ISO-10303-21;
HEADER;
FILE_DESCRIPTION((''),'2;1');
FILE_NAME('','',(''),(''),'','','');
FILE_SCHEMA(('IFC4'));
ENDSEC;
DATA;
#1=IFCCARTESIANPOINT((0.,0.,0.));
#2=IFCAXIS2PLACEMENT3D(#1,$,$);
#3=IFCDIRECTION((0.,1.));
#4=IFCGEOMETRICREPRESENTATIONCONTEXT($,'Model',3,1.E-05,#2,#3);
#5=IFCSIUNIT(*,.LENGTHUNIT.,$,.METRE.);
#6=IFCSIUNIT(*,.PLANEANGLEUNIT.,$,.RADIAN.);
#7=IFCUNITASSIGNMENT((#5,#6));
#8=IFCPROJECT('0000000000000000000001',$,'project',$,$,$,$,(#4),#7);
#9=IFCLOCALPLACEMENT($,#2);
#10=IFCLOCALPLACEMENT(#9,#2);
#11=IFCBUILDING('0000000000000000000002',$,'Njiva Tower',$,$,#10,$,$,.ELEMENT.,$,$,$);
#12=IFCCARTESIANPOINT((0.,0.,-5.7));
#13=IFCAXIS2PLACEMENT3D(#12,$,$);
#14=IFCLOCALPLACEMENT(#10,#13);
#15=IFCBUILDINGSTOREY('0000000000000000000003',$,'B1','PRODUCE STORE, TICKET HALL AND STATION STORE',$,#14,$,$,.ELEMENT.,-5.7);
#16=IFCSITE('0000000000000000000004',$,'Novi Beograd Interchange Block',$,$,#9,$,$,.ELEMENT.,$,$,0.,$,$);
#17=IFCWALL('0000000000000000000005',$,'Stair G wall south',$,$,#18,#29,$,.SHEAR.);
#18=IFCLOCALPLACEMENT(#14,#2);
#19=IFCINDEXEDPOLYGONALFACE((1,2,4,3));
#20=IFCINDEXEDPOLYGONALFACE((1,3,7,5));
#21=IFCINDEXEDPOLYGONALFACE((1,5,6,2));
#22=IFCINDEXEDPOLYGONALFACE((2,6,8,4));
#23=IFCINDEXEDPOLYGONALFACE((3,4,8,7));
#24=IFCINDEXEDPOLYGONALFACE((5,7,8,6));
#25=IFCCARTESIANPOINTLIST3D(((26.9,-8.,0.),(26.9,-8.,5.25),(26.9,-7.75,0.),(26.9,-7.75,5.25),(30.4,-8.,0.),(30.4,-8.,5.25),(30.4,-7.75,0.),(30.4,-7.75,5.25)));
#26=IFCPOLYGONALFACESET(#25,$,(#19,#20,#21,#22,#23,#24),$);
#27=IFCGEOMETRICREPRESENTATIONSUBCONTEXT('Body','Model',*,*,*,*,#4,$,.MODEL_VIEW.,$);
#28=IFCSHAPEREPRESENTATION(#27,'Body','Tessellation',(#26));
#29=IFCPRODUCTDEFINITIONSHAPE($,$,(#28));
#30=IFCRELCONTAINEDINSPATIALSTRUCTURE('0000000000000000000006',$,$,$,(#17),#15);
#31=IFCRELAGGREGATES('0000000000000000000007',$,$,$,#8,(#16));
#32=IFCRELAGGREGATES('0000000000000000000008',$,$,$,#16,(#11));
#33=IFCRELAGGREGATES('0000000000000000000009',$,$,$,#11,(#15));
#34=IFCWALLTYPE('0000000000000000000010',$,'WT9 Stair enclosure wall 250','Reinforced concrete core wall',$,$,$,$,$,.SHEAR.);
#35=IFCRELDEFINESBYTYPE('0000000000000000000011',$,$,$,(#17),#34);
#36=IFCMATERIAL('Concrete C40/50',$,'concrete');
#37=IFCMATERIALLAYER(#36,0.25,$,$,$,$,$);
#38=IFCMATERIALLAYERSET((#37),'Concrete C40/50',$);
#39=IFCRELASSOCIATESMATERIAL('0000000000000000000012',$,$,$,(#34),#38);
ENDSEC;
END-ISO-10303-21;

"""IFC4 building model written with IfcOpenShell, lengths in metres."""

from ifc_helpers import new_model, si_unit, direction, frame, frame_2d, origin, place, context, subcontext, project, spatial, rectangle, extrude, material, layer, layer_set, type_object, element, save


model = new_model("IFC4")

# Units and contexts
model_context = context("Model", 3, precision=1e-05, world=origin(), true_north=direction((0.0, 1.0)))
body_context = subcontext(model_context, "Body", "Model", "MODEL_VIEW")
ifc_project = project(units=[si_unit("LENGTHUNIT", "METRE"), si_unit("PLANEANGLEUNIT", "RADIAN")], contexts=[model_context])

# Site, building, storey
site_placement = place(None, origin())
site = spatial("IfcSite", under=ifc_project, at=site_placement, Name="Novi Beograd Interchange Block", CompositionType="ELEMENT", RefElevation=0.0)
building_placement = place(site_placement, origin())
building = spatial("IfcBuilding", under=site, at=building_placement, Name="Njiva Tower", CompositionType="ELEMENT")
storey_placement = place(building_placement, frame((0.0, 0.0, -5.7)))
storey = spatial("IfcBuildingStorey", under=building, at=storey_placement, Name="B1", Description="PRODUCE STORE, TICKET HALL AND STATION STORE", CompositionType="ELEMENT", Elevation=-5.7)

# Shared definitions
ifc_material_1 = material(Name="Concrete C40/50", Category="concrete")
ifc_layer_1 = layer(ifc_material_1, 0.25)
ifc_layer_set_1 = layer_set([ifc_layer_1], Name="Concrete C40/50")
wall_type_1 = type_object("IfcWallType", Name="WT9 Stair enclosure wall 250", Description="Reinforced concrete core wall", PredefinedType="SHEAR", material=ifc_layer_set_1)

# Wall
wall_1_placement = place(storey_placement, frame((26.9, -7.875, 0.0), z_axis=(0.0, 0.0, 1.0), x_axis=(1.0, 0.0, 0.0)))
element("IfcWall", 1, at=wall_1_placement, inside=storey, type_object=wall_type_1, Name="Stair G wall south", PredefinedType="SHEAR", context=body_context, shape_type="SweptSolid", body=[
    extrude(rectangle(XDim=3.5, YDim=0.25, at=frame_2d((1.75, 0.0))), origin(), (0.0, 0.0, 1.0), 5.25),
])

save(model, "model.ifc")
